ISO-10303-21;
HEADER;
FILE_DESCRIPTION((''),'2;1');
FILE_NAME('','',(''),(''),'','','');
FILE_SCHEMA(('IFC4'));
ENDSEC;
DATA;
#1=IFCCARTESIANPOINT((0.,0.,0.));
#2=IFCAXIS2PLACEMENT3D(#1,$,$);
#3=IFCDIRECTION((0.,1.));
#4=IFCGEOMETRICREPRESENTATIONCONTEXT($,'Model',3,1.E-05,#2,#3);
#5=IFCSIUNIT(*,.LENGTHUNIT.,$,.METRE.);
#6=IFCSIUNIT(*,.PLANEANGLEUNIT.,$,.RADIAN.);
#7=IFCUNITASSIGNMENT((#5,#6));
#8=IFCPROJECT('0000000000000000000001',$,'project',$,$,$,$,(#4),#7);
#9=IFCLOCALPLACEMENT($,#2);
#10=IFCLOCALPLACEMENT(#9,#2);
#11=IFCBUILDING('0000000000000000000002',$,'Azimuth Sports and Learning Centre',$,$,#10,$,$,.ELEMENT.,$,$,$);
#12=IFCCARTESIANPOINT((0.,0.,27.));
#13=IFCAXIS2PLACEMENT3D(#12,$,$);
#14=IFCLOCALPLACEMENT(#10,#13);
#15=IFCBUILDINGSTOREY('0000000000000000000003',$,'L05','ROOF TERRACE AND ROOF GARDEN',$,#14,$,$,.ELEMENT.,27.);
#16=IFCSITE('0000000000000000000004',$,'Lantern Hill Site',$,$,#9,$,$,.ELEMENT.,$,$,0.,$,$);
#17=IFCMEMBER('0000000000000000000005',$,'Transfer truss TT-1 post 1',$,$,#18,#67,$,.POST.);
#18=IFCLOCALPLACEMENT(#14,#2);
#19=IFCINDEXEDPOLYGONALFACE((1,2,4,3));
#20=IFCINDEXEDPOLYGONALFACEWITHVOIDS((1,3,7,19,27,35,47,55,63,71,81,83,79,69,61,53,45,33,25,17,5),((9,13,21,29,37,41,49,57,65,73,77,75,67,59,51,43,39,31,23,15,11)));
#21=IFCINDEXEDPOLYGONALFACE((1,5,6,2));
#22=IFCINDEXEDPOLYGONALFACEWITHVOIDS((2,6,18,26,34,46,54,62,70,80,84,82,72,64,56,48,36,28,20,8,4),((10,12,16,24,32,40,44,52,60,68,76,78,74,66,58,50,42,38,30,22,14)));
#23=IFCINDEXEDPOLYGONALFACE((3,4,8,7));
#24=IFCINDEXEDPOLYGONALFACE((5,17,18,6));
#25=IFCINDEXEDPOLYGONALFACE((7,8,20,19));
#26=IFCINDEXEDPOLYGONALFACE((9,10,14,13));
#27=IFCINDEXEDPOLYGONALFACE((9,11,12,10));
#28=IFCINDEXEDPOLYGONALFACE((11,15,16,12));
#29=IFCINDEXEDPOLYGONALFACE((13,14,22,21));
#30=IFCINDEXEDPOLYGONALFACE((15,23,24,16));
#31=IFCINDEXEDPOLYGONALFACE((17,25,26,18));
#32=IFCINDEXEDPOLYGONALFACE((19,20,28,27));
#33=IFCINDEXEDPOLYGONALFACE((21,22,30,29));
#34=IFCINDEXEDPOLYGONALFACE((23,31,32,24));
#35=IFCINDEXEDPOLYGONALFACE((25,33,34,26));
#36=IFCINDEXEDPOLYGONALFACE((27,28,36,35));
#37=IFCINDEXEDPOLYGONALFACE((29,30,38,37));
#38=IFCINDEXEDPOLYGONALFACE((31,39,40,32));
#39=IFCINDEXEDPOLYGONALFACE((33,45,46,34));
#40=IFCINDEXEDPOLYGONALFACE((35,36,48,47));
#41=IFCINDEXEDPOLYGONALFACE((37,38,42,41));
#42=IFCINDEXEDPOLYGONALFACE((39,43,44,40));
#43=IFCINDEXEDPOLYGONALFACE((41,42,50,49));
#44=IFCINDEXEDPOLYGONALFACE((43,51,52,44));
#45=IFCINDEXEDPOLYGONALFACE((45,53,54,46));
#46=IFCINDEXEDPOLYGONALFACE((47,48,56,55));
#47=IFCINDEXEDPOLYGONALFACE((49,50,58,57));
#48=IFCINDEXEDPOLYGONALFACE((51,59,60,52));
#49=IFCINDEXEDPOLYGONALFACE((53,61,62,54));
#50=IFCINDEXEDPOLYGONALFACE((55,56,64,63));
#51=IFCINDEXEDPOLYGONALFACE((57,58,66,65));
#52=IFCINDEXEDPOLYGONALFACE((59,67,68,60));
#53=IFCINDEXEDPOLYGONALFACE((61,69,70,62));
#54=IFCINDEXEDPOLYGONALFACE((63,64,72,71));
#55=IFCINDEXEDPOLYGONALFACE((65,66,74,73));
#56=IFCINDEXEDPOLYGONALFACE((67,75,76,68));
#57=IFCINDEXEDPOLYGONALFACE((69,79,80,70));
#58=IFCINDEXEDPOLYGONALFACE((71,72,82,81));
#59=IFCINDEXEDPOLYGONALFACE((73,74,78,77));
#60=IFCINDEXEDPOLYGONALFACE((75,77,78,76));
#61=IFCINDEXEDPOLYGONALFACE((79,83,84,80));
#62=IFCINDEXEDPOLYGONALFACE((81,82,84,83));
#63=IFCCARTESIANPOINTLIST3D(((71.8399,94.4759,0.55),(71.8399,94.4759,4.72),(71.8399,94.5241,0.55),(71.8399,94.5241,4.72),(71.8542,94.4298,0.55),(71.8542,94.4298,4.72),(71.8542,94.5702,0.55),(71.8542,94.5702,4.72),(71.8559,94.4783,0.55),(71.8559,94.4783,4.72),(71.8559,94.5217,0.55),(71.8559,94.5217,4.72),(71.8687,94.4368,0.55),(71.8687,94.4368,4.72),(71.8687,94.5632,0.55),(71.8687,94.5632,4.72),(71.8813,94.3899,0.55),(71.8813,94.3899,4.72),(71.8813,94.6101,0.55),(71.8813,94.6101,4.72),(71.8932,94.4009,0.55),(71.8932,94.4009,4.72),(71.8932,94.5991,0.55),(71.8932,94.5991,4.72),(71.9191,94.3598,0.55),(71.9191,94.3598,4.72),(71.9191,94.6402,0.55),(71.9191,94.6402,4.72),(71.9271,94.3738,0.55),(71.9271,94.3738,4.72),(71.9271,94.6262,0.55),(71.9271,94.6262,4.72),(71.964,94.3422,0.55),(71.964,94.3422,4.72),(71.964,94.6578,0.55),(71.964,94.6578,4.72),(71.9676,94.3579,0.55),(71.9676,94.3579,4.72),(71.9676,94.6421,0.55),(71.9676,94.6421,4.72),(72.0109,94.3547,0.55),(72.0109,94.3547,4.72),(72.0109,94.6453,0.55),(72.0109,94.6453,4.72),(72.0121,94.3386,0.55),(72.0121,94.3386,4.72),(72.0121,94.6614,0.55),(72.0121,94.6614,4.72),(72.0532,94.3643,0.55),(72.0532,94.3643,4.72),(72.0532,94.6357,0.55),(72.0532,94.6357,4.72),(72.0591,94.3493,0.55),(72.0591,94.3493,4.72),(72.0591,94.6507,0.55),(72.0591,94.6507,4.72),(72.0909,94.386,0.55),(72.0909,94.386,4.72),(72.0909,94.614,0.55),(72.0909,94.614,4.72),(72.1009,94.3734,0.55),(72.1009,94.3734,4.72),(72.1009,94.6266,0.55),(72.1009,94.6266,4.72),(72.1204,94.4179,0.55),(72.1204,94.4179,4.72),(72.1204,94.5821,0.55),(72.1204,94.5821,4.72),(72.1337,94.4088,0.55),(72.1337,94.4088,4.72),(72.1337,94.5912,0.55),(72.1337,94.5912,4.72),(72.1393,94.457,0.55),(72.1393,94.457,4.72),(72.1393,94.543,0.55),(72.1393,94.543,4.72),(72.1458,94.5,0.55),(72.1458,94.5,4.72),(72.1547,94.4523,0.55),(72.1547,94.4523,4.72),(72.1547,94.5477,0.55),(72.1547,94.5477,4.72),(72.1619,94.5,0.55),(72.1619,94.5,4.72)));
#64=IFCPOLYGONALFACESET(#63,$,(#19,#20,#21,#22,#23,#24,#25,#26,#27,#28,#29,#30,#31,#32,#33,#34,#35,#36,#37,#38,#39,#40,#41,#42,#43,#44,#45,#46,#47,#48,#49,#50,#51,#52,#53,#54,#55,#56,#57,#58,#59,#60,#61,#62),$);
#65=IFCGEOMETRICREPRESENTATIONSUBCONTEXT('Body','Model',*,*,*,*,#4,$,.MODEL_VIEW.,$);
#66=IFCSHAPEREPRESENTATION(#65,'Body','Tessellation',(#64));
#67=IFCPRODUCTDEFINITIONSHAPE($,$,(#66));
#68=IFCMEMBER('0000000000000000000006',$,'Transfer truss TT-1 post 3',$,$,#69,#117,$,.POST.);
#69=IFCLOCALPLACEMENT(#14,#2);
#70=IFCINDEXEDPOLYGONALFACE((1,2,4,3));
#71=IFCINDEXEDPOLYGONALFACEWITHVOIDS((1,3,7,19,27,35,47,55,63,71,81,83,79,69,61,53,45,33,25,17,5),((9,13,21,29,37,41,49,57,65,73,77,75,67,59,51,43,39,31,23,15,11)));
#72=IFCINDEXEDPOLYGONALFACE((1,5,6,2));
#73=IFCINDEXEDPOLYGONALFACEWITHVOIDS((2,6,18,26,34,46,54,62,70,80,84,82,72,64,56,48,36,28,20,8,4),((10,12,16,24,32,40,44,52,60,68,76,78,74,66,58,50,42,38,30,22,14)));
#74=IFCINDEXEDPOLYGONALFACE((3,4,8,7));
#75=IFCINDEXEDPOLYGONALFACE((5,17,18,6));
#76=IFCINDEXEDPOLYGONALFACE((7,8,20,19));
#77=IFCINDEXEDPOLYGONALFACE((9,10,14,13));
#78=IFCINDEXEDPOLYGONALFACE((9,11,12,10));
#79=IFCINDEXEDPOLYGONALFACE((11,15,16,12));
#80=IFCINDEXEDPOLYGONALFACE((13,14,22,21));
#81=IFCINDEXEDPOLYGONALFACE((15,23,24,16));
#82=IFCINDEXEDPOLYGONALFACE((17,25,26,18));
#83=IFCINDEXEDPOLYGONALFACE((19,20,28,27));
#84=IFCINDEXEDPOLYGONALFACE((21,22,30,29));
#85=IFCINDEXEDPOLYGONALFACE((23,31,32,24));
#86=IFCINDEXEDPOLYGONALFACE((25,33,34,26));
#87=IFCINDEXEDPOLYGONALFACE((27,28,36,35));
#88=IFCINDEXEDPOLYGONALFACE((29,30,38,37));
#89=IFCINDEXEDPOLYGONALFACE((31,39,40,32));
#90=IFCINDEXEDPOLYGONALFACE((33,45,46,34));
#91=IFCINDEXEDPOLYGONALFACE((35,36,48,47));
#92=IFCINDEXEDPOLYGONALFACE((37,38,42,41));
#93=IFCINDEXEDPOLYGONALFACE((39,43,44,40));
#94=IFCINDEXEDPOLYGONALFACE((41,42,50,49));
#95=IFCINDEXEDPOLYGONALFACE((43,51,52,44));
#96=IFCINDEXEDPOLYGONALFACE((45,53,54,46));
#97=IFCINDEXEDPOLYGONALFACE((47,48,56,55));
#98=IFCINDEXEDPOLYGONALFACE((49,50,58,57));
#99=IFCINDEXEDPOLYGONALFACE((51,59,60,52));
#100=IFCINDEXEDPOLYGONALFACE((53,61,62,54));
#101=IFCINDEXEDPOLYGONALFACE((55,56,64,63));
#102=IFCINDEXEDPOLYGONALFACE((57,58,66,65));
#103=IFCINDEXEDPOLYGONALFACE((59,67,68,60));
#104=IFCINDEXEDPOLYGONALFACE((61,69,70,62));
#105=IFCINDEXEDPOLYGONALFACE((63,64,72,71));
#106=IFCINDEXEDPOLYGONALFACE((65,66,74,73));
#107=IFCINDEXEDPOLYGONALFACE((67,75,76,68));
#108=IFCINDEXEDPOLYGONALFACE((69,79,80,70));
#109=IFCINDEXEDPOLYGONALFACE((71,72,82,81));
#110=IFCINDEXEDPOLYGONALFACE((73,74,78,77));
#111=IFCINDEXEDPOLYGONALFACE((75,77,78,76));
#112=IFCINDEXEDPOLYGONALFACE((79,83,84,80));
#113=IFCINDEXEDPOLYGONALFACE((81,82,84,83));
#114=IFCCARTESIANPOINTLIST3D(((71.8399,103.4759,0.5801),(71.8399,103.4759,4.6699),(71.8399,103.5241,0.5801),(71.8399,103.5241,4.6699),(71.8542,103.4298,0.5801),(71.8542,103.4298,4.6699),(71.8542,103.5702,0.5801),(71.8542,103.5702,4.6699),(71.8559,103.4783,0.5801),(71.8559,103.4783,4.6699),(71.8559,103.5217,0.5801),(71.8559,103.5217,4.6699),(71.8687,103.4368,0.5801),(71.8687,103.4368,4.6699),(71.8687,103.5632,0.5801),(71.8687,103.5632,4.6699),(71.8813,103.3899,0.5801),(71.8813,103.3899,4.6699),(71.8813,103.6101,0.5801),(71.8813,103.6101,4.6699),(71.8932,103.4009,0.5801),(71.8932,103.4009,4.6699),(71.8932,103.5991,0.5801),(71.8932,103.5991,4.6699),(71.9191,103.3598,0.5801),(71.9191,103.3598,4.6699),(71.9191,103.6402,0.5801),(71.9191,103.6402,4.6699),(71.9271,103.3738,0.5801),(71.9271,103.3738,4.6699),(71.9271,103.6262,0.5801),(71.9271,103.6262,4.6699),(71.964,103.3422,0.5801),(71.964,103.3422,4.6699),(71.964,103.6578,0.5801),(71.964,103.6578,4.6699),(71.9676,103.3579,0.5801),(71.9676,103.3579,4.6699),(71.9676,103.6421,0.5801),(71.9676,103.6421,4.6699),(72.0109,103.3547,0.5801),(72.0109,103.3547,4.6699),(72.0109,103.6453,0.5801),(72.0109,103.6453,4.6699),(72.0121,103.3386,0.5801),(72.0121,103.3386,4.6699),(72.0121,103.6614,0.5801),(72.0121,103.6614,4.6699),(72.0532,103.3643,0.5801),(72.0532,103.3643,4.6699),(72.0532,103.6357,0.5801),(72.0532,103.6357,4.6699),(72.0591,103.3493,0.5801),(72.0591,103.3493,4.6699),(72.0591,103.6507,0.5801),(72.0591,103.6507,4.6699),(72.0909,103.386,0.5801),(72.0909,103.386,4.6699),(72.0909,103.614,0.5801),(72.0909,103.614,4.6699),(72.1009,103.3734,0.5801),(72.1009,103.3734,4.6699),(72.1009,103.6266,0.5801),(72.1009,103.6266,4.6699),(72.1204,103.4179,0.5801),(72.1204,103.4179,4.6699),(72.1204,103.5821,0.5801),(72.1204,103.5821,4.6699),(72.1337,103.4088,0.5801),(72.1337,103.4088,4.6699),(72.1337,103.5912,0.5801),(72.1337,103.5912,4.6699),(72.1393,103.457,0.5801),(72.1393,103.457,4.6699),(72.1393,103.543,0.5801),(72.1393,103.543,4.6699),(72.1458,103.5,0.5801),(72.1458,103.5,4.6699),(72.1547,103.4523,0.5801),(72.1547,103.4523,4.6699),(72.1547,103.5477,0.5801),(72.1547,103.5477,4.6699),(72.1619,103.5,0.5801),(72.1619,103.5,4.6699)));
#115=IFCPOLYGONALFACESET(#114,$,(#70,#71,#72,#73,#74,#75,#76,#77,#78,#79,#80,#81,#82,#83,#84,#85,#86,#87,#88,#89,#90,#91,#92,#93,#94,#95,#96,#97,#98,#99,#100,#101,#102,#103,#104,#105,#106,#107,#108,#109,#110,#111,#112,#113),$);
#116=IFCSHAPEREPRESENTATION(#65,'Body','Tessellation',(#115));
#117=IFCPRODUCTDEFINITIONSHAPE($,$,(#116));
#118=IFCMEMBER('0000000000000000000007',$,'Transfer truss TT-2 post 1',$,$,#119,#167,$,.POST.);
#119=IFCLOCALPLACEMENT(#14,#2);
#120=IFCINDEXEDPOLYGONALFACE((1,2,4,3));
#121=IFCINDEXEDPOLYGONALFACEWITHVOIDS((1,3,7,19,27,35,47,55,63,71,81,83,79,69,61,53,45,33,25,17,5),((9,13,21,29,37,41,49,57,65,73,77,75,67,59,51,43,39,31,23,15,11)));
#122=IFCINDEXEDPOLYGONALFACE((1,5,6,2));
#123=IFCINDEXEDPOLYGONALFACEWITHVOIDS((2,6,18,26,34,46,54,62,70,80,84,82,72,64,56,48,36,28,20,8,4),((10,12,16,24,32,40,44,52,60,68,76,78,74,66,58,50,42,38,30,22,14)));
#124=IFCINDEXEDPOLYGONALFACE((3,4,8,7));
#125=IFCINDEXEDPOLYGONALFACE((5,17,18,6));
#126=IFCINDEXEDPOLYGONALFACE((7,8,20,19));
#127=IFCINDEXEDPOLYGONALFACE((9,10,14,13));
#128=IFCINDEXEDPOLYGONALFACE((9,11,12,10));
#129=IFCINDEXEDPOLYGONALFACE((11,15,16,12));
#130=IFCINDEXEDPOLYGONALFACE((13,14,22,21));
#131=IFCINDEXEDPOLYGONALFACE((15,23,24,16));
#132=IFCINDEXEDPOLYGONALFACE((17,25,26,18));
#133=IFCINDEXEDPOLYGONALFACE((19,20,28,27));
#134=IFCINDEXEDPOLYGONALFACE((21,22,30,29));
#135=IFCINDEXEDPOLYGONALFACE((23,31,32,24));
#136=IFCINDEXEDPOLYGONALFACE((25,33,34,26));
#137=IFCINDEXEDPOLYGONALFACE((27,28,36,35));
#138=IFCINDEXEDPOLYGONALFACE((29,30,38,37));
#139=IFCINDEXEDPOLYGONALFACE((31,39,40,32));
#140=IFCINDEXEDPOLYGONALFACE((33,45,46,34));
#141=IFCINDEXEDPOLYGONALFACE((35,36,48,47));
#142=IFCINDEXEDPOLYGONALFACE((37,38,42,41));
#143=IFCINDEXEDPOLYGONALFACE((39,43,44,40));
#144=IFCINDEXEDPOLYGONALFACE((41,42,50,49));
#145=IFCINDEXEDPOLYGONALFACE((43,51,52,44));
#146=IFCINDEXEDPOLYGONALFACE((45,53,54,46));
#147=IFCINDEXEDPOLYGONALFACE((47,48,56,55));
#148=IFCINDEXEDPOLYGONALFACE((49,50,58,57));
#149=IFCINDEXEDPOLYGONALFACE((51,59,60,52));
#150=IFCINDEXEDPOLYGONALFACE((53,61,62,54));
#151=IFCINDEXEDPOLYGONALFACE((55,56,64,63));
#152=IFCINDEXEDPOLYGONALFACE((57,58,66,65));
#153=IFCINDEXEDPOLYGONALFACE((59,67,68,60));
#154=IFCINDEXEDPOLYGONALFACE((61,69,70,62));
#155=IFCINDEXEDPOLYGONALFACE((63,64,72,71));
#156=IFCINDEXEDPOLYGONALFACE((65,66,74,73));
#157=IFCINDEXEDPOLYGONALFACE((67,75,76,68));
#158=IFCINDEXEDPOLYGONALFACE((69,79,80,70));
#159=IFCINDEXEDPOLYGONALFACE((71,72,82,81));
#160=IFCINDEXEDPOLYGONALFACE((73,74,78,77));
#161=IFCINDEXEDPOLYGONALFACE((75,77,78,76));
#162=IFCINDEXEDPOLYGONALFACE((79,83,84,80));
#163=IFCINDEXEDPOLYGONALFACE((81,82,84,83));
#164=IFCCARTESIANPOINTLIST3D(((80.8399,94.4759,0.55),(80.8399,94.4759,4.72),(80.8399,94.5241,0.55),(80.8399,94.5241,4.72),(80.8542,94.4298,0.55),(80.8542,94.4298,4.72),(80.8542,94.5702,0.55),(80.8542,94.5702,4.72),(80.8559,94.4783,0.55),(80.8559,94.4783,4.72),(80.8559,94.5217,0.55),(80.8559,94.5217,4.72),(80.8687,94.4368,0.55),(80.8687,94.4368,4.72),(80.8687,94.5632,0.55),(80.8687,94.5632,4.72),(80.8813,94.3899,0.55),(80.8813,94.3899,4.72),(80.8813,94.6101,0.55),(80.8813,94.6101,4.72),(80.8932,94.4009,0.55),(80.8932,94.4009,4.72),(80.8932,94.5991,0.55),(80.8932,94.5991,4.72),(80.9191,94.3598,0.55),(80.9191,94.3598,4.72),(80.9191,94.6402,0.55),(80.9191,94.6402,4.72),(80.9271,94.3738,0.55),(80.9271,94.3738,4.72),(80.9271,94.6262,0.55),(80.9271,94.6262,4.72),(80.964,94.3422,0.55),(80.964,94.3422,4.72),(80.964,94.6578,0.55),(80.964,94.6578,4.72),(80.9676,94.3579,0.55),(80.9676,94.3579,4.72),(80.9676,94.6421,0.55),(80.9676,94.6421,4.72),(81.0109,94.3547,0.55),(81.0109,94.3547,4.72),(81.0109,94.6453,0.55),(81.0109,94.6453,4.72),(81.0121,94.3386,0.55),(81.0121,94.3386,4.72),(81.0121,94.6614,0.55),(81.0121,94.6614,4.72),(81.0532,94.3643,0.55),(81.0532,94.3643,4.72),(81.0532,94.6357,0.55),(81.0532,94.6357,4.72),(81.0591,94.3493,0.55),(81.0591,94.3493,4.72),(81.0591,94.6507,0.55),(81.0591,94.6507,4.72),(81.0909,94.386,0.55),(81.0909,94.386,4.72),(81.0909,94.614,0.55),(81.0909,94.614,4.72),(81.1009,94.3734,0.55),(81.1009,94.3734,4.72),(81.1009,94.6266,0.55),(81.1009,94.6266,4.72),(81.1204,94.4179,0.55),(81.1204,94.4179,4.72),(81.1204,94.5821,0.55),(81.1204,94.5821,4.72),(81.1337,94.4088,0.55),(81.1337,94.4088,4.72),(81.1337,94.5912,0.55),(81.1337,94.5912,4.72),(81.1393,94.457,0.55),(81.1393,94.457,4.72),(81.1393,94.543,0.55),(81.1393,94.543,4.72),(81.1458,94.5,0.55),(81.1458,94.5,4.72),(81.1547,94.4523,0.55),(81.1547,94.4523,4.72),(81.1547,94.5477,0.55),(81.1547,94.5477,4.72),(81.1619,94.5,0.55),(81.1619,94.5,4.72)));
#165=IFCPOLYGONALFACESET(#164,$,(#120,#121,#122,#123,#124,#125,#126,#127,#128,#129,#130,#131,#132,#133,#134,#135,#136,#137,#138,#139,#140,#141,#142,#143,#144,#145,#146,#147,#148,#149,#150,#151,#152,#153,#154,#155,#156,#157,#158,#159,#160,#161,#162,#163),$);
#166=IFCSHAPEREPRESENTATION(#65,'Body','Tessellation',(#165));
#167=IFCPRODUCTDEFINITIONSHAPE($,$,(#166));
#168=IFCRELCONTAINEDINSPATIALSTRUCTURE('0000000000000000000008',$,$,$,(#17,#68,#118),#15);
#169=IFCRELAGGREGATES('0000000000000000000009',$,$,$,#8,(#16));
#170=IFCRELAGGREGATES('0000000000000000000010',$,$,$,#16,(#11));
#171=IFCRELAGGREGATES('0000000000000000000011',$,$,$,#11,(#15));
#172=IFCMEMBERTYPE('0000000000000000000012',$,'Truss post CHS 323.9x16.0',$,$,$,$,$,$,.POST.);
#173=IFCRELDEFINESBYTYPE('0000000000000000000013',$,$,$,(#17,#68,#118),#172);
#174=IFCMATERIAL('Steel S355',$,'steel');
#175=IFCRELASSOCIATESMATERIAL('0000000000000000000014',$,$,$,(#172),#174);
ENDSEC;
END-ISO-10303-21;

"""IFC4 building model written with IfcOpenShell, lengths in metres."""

from ifc_helpers import new_model, si_unit, direction, frame, origin, origin_2d, place, context, subcontext, project, spatial, hollow_circle, extrude, material, material_profile, profile_set, type_object, element, save


model = new_model("IFC4")

# Units and contexts
model_context = context("Model", 3, precision=1e-05, world=origin(), true_north=direction((0.0, 1.0)))
body_context = subcontext(model_context, "Body", "Model", "MODEL_VIEW")
ifc_project = project(units=[si_unit("LENGTHUNIT", "METRE"), si_unit("PLANEANGLEUNIT", "RADIAN")], contexts=[model_context])

# Site, building, storey
site_placement = place(None, origin())
site = spatial("IfcSite", under=ifc_project, at=site_placement, Name="Lantern Hill Site", CompositionType="ELEMENT", RefElevation=0.0)
building_placement = place(site_placement, origin())
building = spatial("IfcBuilding", under=site, at=building_placement, Name="Azimuth Sports and Learning Centre", CompositionType="ELEMENT")
storey_placement = place(building_placement, frame((0.0, 0.0, 27.0)))
storey = spatial("IfcBuildingStorey", under=building, at=storey_placement, Name="L05", Description="ROOF TERRACE AND ROOF GARDEN", CompositionType="ELEMENT", Elevation=27.0)

# Members
ifc_material_1 = material(Name="Steel S355", Category="steel")
ifc_material_profile_1 = material_profile(ifc_material_1, hollow_circle(Radius=0.1619, WallThickness=0.0161, at=origin_2d()), Name="CHS 323.9x16.0")
ifc_profile_set_1 = profile_set([ifc_material_profile_1], Name="Steel S355")
member_type_1 = type_object("IfcMemberType", Name="Truss post CHS 323.9x16.0", PredefinedType="POST", material=ifc_profile_set_1)
member_1_placement = place(storey_placement, frame((72.0, 94.5, 0.55), z_axis=(0.0, 0.0, 1.0), x_axis=(1.0, 0.0, 0.0)))
element("IfcMember", 1, at=member_1_placement, inside=storey, type_object=member_type_1, Name="Transfer truss TT-1 post 1", PredefinedType="POST", context=body_context, shape_type="SweptSolid", body=[
    extrude(hollow_circle(Radius=0.1619, WallThickness=0.0161, at=origin_2d()), origin(), (0.0, 0.0, 1.0), 4.1699),
])
member_2_placement = place(storey_placement, frame((72.0, 103.5, 0.5801), z_axis=(0.0, 0.0, 1.0), x_axis=(1.0, 0.0, 0.0)))
element("IfcMember", 2, at=member_2_placement, inside=storey, type_object=member_type_1, Name="Transfer truss TT-1 post 3", PredefinedType="POST", context=body_context, shape_type="SweptSolid", body=[
    extrude(hollow_circle(Radius=0.1619, WallThickness=0.0161, at=origin_2d()), origin(), (0.0, 0.0, 1.0), 4.0898),
])
member_3_placement = place(storey_placement, frame((81.0, 94.5, 0.55), z_axis=(0.0, 0.0, 1.0), x_axis=(1.0, 0.0, 0.0)))
element("IfcMember", 3, at=member_3_placement, inside=storey, type_object=member_type_1, Name="Transfer truss TT-2 post 1", PredefinedType="POST", context=body_context, shape_type="SweptSolid", body=[
    extrude(hollow_circle(Radius=0.1619, WallThickness=0.0161, at=origin_2d()), origin(), (0.0, 0.0, 1.0), 4.1699),
])

save(model, "model.ifc")
